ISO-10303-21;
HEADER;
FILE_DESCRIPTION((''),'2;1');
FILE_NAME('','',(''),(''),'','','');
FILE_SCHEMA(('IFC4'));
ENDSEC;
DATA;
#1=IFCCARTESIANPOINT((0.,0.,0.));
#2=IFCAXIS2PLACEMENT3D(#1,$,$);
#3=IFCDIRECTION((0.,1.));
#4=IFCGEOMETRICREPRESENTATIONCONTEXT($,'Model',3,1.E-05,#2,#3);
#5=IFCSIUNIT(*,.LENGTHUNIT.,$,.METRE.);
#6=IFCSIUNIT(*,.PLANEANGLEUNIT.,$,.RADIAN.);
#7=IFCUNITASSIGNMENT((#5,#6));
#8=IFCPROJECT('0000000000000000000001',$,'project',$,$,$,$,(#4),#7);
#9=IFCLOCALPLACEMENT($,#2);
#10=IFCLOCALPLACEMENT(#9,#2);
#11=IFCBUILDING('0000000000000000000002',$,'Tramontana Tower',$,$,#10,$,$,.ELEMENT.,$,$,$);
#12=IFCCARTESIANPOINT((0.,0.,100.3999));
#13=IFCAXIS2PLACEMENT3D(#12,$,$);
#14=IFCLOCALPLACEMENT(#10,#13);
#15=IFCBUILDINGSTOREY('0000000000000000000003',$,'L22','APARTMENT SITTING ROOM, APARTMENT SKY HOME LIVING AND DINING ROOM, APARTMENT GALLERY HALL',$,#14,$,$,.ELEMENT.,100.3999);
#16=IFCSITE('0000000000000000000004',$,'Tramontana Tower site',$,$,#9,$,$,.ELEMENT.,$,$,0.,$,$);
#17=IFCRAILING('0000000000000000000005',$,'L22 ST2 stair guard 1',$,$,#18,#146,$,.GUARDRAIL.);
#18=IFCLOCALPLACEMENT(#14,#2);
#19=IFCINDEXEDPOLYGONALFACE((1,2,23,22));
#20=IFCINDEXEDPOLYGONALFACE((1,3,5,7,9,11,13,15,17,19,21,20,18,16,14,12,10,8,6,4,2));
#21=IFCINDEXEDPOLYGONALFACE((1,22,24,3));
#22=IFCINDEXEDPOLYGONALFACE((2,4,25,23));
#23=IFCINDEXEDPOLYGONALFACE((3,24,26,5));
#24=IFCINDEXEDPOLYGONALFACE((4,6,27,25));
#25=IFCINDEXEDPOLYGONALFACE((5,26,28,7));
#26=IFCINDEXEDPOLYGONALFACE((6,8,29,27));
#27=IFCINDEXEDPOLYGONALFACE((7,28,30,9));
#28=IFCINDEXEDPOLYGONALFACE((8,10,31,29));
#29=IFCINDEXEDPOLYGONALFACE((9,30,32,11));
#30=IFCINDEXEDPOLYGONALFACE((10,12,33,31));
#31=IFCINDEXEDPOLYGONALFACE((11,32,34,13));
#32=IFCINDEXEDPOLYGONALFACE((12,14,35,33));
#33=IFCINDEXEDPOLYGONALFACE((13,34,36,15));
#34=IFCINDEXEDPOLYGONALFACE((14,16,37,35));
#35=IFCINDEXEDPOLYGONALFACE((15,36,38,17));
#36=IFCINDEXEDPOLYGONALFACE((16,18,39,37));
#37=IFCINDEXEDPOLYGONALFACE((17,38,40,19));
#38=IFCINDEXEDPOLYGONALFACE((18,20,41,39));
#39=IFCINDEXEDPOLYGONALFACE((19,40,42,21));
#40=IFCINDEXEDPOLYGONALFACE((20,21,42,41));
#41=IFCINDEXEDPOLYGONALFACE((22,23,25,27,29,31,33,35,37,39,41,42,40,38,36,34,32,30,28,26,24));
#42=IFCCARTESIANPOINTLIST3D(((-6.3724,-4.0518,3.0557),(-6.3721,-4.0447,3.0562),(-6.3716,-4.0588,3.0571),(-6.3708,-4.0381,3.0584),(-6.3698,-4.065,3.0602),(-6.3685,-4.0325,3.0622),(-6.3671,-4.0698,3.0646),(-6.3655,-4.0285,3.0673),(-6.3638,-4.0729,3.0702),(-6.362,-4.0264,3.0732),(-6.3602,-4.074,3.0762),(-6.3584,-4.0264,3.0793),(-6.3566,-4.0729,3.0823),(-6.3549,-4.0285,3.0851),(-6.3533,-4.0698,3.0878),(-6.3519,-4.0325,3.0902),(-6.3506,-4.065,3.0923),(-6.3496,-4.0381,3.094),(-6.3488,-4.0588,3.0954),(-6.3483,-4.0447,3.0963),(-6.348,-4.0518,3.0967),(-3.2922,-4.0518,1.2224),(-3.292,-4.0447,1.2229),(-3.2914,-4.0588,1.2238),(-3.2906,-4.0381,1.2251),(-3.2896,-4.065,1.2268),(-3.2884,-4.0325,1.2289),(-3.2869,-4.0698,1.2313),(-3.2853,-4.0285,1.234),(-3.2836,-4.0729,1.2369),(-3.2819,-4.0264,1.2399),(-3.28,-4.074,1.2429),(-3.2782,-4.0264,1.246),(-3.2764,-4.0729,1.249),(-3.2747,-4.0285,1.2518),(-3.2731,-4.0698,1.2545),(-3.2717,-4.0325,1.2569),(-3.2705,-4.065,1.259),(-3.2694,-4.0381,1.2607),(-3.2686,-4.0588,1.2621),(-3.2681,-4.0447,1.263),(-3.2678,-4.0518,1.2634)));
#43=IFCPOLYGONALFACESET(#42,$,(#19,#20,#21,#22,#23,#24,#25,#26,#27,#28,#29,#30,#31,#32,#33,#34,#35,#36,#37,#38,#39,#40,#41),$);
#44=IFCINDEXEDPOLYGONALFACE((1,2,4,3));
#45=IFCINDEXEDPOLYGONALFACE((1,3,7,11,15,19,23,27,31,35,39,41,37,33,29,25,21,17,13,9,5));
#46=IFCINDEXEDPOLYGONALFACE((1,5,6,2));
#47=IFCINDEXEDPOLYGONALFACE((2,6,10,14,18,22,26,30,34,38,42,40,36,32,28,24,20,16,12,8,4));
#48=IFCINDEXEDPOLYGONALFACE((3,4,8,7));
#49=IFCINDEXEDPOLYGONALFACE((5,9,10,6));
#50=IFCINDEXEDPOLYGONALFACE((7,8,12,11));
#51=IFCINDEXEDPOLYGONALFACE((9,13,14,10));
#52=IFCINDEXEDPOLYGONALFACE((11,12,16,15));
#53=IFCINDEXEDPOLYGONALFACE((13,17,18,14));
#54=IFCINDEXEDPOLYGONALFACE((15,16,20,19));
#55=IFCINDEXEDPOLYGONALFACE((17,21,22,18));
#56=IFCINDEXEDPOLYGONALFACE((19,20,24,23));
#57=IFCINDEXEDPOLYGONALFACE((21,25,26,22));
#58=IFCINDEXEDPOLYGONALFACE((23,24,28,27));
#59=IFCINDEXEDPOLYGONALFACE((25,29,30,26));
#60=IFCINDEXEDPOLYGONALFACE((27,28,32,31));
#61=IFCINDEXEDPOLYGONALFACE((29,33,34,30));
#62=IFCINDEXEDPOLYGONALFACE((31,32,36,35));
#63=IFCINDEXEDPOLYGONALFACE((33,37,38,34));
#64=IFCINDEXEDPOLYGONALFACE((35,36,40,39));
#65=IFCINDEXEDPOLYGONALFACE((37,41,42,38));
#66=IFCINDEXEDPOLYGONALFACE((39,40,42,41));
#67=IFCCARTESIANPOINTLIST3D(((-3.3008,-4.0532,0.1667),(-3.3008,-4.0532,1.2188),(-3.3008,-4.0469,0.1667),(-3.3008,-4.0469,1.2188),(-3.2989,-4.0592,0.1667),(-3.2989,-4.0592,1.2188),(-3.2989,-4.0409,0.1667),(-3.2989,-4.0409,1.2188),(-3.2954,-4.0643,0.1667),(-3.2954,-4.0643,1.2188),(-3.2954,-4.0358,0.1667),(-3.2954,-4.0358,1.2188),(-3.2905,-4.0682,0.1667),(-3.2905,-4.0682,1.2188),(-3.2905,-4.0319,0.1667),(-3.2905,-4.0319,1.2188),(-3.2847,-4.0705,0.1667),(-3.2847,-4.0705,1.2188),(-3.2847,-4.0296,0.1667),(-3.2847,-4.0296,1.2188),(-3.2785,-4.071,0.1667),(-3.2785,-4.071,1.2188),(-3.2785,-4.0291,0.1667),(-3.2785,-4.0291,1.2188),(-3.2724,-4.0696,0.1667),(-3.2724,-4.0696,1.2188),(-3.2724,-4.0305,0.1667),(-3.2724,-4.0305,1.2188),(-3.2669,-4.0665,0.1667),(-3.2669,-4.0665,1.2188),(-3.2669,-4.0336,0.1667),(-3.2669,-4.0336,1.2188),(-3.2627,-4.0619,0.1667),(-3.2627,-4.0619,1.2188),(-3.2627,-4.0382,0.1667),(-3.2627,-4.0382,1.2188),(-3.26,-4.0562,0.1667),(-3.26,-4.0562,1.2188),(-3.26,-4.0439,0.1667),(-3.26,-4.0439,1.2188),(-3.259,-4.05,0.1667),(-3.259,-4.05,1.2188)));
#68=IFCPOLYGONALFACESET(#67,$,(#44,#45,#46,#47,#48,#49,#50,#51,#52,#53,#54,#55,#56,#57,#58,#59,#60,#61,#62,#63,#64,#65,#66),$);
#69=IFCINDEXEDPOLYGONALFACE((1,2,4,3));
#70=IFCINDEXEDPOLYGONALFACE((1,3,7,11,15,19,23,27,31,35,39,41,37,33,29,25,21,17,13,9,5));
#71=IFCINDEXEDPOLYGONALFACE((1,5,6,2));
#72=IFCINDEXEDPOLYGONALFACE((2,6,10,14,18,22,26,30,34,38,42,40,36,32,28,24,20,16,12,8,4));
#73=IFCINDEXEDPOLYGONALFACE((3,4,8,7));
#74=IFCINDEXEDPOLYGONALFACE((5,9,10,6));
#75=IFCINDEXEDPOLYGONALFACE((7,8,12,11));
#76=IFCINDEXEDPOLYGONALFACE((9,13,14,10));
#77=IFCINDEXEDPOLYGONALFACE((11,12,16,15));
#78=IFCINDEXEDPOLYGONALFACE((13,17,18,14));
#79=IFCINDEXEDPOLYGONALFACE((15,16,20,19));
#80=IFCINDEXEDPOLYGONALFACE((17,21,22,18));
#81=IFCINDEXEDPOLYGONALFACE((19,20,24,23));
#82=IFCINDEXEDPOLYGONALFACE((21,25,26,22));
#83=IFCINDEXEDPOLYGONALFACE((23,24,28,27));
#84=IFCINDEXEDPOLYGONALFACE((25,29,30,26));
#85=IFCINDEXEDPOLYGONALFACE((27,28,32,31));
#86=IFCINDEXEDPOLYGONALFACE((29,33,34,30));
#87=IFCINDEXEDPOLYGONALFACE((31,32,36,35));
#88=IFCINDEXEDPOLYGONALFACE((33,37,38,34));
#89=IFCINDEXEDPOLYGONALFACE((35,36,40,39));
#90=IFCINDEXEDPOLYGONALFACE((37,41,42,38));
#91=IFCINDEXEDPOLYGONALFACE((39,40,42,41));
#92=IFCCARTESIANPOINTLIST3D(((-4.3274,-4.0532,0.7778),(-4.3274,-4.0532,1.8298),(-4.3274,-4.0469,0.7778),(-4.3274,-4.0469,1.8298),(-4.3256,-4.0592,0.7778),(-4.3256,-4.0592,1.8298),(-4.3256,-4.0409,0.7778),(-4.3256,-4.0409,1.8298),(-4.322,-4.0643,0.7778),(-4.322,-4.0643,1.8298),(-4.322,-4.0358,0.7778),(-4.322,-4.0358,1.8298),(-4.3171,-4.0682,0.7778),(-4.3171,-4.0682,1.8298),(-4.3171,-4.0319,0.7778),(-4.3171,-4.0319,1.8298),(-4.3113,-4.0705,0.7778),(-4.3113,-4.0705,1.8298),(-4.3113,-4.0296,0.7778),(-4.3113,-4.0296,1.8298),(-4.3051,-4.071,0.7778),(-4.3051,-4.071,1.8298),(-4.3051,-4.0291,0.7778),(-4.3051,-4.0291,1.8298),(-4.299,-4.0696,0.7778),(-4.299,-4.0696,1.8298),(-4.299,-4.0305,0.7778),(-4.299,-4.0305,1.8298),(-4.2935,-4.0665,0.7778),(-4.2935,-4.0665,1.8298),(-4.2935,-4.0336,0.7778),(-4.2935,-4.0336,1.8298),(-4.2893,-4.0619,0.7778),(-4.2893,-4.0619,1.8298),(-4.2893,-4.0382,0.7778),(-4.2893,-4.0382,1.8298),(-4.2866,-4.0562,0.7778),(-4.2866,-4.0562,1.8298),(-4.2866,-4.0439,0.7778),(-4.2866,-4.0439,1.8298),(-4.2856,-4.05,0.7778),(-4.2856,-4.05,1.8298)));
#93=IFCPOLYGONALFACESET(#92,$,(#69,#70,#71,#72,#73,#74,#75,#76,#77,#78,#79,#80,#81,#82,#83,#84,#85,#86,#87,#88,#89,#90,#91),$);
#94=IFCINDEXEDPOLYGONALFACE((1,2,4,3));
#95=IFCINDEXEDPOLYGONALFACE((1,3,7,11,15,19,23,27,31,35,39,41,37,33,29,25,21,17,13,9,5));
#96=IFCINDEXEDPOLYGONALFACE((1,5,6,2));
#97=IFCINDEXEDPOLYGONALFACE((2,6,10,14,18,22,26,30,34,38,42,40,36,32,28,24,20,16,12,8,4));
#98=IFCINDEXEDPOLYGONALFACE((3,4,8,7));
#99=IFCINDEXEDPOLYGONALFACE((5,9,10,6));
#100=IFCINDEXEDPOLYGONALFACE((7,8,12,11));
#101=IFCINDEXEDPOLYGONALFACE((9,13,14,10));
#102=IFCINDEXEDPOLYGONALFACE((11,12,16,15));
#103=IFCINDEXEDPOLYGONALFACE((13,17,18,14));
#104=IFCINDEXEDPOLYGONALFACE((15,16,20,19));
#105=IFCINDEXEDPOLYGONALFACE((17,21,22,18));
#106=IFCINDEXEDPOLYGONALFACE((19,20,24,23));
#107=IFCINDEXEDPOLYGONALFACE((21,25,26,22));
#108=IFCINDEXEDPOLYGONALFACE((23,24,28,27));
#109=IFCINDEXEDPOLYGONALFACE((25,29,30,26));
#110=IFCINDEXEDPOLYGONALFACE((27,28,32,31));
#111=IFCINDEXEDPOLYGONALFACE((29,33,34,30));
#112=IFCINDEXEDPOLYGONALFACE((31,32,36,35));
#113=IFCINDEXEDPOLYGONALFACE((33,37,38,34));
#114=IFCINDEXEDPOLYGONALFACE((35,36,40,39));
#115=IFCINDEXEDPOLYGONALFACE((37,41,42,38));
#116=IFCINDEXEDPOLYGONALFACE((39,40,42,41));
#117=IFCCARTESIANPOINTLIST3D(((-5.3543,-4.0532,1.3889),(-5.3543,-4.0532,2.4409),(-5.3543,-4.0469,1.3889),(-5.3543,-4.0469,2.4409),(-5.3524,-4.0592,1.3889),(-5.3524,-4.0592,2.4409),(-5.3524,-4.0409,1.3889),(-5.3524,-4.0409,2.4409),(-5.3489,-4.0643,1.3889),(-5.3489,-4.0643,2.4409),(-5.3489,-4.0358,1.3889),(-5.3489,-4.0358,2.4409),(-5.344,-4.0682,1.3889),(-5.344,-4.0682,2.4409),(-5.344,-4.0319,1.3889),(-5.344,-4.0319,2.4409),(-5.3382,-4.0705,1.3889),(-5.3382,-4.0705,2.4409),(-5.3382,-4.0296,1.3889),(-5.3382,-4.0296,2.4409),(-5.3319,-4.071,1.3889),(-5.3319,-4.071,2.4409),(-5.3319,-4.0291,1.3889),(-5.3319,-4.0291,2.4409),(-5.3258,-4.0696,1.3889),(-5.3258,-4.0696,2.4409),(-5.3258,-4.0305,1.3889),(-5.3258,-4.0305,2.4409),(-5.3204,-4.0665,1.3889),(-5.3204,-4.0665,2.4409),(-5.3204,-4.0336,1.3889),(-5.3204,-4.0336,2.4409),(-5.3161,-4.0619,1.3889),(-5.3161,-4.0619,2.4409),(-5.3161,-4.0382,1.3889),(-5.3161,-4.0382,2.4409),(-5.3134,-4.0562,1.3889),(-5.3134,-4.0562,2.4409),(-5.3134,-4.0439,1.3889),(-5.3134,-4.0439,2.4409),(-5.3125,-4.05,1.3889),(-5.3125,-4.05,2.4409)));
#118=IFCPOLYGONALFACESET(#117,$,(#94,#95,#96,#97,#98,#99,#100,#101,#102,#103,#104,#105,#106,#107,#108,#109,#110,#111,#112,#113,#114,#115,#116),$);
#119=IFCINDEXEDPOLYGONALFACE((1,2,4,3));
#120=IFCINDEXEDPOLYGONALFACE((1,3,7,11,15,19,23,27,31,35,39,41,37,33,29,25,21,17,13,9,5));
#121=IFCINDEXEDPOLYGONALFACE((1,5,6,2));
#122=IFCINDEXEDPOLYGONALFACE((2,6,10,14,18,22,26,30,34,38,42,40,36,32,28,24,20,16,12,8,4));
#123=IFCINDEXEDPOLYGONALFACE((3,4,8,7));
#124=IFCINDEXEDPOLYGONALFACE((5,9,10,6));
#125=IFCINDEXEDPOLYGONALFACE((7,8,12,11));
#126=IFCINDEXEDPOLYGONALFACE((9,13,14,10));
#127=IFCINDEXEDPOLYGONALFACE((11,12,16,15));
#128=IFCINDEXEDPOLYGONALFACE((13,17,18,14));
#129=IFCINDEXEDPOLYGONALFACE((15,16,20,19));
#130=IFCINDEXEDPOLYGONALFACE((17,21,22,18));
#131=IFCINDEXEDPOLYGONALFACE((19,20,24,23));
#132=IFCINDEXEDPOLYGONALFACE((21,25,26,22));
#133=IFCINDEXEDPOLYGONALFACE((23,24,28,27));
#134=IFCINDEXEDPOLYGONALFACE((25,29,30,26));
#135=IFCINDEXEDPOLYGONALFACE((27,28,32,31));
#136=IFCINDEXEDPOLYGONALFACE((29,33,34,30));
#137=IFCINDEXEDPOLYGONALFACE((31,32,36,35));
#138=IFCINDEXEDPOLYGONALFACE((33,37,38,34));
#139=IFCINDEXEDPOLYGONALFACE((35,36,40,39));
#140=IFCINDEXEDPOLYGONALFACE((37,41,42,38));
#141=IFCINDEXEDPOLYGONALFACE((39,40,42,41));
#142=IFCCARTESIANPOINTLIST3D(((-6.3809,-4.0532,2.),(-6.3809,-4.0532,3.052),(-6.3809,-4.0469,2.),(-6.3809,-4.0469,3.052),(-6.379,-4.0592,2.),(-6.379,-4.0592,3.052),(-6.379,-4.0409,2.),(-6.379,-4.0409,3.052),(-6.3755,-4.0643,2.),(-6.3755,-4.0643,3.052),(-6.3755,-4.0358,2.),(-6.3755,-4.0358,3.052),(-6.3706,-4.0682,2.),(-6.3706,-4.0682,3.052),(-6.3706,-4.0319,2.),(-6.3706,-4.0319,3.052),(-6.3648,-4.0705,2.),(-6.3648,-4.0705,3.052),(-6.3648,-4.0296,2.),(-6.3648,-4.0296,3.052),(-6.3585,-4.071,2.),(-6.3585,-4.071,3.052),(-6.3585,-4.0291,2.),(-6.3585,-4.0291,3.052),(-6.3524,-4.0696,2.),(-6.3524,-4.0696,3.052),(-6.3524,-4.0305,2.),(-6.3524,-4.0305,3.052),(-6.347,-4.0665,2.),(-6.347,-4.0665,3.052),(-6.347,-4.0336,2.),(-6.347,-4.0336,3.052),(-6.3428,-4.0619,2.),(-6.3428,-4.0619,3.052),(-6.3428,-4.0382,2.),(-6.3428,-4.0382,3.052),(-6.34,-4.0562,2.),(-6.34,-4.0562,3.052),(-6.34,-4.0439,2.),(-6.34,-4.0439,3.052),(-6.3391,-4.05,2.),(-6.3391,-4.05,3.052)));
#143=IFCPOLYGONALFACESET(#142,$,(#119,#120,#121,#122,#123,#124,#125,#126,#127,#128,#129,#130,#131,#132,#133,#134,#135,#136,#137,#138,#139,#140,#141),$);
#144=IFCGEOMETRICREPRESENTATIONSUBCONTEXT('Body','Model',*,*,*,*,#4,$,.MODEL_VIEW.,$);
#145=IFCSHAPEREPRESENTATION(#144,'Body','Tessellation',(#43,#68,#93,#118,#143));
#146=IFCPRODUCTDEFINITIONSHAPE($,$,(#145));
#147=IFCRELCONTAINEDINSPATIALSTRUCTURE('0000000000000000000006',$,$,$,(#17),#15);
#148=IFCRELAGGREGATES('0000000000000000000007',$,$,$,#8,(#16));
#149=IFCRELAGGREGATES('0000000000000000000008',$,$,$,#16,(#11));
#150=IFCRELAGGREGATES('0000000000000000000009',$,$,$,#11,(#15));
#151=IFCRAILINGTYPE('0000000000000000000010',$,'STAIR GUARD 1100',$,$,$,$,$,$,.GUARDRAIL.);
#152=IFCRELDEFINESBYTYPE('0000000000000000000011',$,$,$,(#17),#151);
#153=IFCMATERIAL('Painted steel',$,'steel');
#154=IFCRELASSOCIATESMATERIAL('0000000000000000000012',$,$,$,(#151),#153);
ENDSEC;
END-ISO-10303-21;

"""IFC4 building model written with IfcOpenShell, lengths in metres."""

from ifc_helpers import new_model, si_unit, direction, frame, origin, origin_2d, place, context, subcontext, project, spatial, circle, extrude, material, type_object, element, save


model = new_model("IFC4")

# Units and contexts
model_context = context("Model", 3, precision=1e-05, world=origin(), true_north=direction((0.0, 1.0)))
body_context = subcontext(model_context, "Body", "Model", "MODEL_VIEW")
ifc_project = project(units=[si_unit("LENGTHUNIT", "METRE"), si_unit("PLANEANGLEUNIT", "RADIAN")], contexts=[model_context])

# Site, building, storey
site_placement = place(None, origin())
site = spatial("IfcSite", under=ifc_project, at=site_placement, Name="Tramontana Tower site", CompositionType="ELEMENT", RefElevation=0.0)
building_placement = place(site_placement, origin())
building = spatial("IfcBuilding", under=site, at=building_placement, Name="Tramontana Tower", CompositionType="ELEMENT")
storey_placement = place(building_placement, frame((0.0, 0.0, 100.3999)))
storey = spatial("IfcBuildingStorey", under=building, at=storey_placement, Name="L22", Description="APARTMENT SITTING ROOM, APARTMENT SKY HOME LIVING AND DINING ROOM, APARTMENT GALLERY HALL", CompositionType="ELEMENT", Elevation=100.3999)

# Railing
ifc_material_1 = material(Name="Painted steel", Category="steel")
railing_type_1 = type_object("IfcRailingType", Name="STAIR GUARD 1100", PredefinedType="GUARDRAIL", material=ifc_material_1)
railing_1_placement = place(storey_placement, frame((-3.28, -4.05, 0.1667)))
element("IfcRailing", 1, at=railing_1_placement, inside=storey, type_object=railing_type_1, Name="L22 ST2 stair guard 1", PredefinedType="GUARDRAIL", context=body_context, shape_type="SweptSolid", body=[
    extrude(circle(Radius=0.0239, at=origin_2d()), frame((0.0, 0.0, 1.0762), z_axis=(-0.859309, 0.0, 0.511458), x_axis=(0.0, -1.0, 0.0)), (0.0, 0.0, 1.0), 3.5845),
    extrude(circle(Radius=0.021, at=origin_2d()), origin(), (0.0, 0.0, 1.0), 1.052),
    extrude(circle(Radius=0.021, at=origin_2d()), frame((-1.0266, 0.0, 0.6111)), (0.0, 0.0, 1.0), 1.052),
    extrude(circle(Radius=0.021, at=origin_2d()), frame((-2.0535, 0.0, 1.2222)), (0.0, 0.0, 1.0), 1.052),
    extrude(circle(Radius=0.021, at=origin_2d()), frame((-3.0801, 0.0, 1.8333)), (0.0, 0.0, 1.0), 1.052),
])

save(model, "model.ifc")
